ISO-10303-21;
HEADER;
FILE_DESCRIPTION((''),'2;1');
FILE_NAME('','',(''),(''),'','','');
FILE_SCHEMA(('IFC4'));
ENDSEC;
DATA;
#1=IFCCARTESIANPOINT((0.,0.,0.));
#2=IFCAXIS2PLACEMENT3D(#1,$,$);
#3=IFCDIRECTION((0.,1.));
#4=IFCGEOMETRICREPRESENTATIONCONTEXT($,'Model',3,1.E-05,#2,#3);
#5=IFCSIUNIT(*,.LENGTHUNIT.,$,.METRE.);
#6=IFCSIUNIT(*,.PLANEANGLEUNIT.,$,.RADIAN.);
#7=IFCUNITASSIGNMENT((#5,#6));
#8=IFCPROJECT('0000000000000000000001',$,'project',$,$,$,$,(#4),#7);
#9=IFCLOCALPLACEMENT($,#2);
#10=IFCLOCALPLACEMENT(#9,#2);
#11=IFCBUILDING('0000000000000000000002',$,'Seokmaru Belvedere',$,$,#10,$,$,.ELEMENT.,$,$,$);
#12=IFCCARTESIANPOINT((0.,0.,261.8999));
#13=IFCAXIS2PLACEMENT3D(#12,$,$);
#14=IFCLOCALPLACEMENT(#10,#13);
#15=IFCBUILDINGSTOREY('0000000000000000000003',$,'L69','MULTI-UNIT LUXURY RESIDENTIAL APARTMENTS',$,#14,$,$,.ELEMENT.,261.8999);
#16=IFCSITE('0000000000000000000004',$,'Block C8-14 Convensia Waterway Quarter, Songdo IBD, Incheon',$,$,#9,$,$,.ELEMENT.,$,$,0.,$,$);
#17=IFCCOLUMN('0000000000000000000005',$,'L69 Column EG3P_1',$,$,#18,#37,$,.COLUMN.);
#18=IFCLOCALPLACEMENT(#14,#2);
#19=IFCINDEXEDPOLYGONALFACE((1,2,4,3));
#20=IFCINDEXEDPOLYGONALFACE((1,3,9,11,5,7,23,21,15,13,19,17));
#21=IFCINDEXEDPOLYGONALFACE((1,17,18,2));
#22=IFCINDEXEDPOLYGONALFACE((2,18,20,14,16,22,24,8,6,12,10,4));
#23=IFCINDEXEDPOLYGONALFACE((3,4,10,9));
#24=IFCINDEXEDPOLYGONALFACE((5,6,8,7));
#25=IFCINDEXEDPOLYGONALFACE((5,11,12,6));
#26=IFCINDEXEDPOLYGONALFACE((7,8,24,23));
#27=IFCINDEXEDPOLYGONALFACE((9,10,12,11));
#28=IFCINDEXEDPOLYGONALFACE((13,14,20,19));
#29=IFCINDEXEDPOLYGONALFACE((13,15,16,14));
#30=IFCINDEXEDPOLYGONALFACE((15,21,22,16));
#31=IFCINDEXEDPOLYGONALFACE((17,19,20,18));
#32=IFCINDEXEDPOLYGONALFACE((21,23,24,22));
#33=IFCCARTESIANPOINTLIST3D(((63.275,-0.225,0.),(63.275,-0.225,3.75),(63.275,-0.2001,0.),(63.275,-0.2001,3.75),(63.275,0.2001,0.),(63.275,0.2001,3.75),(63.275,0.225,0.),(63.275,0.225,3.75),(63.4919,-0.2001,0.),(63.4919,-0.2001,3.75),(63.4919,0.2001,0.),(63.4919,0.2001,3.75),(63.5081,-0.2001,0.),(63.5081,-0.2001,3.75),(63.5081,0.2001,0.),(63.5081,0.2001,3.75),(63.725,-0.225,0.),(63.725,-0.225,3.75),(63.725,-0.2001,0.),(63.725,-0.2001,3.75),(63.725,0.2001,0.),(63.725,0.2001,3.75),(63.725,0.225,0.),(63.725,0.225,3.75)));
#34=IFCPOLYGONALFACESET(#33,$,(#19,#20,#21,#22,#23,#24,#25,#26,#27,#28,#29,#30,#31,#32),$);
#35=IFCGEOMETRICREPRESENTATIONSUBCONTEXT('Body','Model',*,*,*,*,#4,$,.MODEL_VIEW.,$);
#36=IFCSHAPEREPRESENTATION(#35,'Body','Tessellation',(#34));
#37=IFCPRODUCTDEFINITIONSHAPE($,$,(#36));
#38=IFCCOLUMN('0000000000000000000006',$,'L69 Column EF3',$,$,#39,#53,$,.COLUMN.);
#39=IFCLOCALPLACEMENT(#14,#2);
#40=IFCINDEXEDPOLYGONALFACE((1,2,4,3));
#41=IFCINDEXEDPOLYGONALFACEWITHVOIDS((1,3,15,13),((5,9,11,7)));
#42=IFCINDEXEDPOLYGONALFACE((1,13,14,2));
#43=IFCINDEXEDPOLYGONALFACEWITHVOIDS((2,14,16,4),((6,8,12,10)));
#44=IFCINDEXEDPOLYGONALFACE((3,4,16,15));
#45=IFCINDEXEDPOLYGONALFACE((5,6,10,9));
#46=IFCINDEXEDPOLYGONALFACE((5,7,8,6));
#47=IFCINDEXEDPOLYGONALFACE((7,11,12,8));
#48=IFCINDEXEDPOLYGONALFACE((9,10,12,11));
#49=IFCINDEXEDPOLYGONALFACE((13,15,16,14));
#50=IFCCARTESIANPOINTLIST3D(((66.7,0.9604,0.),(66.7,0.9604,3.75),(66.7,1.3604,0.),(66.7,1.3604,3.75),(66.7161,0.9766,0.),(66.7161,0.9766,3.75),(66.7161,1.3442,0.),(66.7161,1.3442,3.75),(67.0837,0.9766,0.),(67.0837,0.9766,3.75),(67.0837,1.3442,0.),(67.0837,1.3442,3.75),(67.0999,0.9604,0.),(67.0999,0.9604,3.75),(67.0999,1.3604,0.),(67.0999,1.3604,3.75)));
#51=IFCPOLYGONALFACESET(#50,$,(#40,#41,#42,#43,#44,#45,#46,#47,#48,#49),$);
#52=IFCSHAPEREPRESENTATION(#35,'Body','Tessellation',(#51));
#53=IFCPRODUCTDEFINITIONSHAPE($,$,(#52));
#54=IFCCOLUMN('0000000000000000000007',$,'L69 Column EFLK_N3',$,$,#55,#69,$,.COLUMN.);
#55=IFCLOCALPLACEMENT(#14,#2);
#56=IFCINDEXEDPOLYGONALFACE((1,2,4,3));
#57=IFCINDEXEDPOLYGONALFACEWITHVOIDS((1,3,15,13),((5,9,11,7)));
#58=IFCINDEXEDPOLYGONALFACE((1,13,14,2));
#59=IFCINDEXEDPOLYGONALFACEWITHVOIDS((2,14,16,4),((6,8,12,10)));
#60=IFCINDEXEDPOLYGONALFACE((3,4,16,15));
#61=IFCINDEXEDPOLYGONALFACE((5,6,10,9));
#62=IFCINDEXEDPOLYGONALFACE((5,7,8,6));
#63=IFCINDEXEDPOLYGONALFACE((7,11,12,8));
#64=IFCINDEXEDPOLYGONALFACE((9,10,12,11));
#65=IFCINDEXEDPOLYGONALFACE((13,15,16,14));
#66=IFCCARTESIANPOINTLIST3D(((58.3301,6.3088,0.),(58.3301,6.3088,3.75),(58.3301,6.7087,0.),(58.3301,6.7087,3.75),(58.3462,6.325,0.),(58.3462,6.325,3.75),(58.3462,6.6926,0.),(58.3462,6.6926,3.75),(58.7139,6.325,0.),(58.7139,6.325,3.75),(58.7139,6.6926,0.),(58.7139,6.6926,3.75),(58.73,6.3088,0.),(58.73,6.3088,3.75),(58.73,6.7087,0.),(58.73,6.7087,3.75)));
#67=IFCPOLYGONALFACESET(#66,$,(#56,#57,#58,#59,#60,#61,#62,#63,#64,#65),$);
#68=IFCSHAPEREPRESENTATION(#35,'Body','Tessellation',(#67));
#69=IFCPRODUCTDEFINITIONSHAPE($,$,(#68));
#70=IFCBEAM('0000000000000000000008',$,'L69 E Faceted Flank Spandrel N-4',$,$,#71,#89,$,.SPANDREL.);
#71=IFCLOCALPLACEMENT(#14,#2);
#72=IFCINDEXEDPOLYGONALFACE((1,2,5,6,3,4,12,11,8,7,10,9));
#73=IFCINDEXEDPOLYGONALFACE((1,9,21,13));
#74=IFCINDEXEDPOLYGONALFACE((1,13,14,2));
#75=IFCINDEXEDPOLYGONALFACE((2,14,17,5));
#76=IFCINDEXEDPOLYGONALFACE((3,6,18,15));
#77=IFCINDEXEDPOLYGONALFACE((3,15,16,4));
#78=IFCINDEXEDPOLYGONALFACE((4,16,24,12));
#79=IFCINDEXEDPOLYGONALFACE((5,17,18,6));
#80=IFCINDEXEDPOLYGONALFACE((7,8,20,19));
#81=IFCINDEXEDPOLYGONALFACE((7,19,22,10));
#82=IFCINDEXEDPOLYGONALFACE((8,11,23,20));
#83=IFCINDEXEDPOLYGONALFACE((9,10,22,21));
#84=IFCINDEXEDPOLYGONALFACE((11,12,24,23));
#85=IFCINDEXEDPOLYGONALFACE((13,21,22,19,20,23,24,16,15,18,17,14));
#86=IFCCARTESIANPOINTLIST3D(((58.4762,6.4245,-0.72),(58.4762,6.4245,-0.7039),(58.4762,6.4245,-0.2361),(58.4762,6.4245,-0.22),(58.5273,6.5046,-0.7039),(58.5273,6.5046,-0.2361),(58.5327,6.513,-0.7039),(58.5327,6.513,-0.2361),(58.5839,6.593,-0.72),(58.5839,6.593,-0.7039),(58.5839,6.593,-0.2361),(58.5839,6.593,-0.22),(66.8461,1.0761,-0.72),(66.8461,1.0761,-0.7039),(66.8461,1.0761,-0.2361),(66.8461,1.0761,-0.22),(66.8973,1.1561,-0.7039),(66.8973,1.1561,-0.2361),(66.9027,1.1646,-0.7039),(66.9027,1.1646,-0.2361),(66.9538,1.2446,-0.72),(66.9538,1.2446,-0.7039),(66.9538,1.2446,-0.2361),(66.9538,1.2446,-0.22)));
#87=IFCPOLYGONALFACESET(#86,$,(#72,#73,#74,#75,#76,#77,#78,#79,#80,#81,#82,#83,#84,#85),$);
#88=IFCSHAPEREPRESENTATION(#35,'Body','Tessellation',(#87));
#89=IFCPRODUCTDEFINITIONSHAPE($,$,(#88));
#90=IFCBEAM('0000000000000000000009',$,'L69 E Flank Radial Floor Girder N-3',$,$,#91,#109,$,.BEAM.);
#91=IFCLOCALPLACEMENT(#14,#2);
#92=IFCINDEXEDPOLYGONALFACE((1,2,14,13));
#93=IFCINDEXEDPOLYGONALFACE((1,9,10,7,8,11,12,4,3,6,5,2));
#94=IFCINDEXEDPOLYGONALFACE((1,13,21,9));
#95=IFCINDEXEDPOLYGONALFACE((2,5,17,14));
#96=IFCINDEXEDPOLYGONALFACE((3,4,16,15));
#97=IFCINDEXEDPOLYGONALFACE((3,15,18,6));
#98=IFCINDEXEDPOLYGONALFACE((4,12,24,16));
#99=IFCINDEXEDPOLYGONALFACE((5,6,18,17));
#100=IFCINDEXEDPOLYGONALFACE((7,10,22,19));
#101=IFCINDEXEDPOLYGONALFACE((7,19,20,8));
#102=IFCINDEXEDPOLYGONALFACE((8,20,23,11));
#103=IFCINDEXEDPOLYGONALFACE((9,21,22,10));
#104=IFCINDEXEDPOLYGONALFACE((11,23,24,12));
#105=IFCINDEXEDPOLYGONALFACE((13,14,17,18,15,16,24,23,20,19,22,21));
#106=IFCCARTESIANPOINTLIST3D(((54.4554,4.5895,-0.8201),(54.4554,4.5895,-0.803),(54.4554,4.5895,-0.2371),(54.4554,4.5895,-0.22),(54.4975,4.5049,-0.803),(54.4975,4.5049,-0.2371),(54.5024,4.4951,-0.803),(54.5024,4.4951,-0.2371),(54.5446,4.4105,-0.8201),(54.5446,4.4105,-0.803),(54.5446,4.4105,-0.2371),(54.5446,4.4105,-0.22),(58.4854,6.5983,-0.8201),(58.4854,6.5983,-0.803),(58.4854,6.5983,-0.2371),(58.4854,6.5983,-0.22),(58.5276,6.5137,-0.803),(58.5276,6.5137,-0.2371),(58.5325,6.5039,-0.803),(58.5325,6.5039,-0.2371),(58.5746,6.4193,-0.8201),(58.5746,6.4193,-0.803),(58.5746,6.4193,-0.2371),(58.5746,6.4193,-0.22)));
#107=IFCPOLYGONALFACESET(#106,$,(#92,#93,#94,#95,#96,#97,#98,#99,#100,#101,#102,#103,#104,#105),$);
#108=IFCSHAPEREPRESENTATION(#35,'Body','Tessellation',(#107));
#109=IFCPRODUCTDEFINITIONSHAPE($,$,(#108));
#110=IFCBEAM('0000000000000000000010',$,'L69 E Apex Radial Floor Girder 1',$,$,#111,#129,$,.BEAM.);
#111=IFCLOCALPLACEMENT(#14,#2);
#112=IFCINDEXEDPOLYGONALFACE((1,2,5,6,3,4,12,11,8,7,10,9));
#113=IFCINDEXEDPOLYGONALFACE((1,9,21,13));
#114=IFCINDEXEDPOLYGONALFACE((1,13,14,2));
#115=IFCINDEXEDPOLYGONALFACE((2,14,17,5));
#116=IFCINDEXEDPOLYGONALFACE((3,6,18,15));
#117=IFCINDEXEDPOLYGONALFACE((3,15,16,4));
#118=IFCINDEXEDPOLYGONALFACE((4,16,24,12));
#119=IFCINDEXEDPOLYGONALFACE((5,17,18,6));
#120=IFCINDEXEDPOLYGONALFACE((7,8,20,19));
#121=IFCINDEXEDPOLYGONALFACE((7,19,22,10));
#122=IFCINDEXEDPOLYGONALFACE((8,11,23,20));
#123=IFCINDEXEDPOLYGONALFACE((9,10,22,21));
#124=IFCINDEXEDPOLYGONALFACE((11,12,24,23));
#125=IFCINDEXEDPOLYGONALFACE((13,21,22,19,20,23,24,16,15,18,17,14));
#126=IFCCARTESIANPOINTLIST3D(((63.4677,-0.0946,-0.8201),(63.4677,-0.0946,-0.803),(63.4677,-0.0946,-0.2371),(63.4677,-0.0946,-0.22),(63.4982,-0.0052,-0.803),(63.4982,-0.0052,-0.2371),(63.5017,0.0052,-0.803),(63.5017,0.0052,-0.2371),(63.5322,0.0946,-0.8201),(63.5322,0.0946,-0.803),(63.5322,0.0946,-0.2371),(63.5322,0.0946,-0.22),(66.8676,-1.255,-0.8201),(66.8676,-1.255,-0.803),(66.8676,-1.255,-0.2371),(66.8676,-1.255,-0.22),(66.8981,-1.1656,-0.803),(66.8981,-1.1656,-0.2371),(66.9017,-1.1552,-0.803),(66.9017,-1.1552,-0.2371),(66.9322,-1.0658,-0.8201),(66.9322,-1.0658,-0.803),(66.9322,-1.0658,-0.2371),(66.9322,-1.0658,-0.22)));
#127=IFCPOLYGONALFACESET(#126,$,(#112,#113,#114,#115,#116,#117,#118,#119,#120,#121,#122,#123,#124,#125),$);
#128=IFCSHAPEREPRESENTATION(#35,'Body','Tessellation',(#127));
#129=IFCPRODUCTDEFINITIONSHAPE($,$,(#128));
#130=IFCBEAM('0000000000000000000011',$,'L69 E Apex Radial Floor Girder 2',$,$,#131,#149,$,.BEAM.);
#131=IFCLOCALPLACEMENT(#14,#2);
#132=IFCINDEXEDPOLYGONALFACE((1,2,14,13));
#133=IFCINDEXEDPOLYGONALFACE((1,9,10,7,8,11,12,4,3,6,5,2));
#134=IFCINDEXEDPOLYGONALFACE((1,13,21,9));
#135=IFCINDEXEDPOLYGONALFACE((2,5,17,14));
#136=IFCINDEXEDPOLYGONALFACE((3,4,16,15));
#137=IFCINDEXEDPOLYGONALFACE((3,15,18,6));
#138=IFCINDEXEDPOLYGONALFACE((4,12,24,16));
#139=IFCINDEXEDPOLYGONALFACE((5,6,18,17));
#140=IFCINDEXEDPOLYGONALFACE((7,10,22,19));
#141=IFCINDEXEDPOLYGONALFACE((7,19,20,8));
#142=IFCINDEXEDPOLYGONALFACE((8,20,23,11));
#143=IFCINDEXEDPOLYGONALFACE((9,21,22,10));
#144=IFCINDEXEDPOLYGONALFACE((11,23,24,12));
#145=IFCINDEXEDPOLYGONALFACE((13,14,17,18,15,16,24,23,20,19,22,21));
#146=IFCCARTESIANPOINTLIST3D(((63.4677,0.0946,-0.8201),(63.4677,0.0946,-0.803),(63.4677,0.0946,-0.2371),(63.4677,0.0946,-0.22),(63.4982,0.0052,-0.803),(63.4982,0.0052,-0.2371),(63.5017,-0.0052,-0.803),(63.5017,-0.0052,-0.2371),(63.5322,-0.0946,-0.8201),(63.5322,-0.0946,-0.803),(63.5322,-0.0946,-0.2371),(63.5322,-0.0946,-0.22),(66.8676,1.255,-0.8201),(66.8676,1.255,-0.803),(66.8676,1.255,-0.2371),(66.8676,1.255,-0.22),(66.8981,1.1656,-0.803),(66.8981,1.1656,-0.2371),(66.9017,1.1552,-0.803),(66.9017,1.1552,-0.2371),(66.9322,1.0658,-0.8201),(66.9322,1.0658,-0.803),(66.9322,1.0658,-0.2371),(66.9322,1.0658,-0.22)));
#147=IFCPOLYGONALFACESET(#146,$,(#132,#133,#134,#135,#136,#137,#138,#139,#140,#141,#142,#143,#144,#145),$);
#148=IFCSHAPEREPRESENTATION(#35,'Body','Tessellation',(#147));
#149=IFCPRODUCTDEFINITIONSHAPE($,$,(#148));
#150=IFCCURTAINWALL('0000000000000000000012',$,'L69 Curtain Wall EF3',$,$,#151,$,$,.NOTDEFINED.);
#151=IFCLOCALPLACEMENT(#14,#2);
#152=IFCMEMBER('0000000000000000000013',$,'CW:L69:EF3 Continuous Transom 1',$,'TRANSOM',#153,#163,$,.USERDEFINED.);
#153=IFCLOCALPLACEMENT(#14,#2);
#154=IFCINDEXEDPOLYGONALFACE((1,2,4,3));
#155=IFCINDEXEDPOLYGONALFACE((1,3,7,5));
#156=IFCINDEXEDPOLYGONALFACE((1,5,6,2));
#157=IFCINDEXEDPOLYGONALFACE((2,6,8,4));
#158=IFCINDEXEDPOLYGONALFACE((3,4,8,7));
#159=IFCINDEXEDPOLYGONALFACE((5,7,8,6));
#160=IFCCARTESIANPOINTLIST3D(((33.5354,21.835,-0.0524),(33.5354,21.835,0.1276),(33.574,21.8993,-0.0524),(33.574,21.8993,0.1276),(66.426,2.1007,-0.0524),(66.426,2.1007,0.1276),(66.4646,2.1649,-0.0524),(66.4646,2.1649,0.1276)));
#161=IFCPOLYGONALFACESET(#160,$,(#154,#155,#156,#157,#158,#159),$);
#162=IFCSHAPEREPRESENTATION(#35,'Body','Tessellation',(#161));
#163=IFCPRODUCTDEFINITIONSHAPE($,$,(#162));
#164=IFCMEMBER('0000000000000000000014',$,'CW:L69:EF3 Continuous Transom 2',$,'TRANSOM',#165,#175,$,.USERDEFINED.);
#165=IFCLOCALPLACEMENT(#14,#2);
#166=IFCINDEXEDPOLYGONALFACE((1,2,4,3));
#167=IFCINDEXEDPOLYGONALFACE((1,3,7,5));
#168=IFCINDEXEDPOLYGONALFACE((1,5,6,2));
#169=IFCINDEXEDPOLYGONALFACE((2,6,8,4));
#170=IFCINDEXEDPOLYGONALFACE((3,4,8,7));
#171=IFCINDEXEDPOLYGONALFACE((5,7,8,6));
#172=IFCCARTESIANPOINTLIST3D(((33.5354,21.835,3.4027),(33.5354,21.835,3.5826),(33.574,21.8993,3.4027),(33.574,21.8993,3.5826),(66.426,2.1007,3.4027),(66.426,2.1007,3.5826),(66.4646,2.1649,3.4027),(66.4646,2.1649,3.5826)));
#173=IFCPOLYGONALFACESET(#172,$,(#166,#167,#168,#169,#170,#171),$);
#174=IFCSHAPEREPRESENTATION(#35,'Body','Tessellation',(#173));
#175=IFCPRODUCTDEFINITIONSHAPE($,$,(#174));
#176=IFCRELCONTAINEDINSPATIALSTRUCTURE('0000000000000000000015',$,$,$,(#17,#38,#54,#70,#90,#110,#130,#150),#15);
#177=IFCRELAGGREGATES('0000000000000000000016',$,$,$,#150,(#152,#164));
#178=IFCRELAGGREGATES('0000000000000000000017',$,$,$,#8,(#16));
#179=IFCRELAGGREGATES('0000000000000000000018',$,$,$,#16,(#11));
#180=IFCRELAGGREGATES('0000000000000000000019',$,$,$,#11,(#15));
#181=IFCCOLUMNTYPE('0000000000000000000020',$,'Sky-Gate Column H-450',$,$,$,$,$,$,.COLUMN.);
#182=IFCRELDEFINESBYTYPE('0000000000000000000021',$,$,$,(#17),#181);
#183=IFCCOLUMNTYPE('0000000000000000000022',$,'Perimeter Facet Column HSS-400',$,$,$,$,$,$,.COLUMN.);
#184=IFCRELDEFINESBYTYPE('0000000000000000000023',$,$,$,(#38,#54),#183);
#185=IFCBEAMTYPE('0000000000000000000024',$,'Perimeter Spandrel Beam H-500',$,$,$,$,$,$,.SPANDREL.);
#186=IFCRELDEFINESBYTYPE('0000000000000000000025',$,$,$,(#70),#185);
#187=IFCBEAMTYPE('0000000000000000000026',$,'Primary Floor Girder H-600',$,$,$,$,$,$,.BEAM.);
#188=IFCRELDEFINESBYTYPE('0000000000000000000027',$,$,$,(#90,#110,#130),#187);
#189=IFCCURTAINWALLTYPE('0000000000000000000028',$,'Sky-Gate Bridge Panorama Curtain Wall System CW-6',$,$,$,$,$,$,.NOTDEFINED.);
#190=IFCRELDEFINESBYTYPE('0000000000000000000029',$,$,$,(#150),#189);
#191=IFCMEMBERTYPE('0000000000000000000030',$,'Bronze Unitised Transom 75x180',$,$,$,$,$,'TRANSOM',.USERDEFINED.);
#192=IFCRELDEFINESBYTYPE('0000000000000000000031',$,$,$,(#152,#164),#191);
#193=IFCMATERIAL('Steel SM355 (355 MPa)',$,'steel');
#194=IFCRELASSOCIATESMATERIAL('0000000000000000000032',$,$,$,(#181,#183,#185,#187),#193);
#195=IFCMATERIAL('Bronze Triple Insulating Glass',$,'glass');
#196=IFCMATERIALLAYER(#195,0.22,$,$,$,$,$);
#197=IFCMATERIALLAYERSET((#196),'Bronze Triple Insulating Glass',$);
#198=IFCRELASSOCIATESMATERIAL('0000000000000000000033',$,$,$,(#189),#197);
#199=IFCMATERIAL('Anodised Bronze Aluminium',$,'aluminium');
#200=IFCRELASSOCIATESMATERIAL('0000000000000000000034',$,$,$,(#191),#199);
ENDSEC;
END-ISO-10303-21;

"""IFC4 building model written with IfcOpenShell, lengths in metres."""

from ifc_helpers import new_model, si_unit, direction, frame, origin, origin_2d, place, context, subcontext, project, spatial, rectangle, hollow_rectangle, i_section, extrude, source, transform, mapped, material, layer, layer_set, material_profile, profile_set, type_object, type_shapes, element, aggregate, save


model = new_model("IFC4")

# Units and contexts
model_context = context("Model", 3, precision=1e-05, world=origin(), true_north=direction((0.0, 1.0)))
body_context = subcontext(model_context, "Body", "Model", "MODEL_VIEW")
ifc_project = project(units=[si_unit("LENGTHUNIT", "METRE"), si_unit("PLANEANGLEUNIT", "RADIAN")], contexts=[model_context])

# Site, building, storey
site_placement = place(None, origin())
site = spatial("IfcSite", under=ifc_project, at=site_placement, Name="Block C8-14 Convensia Waterway Quarter, Songdo IBD, Incheon", CompositionType="ELEMENT", RefElevation=0.0)
building_placement = place(site_placement, origin())
building = spatial("IfcBuilding", under=site, at=building_placement, Name="Seokmaru Belvedere", CompositionType="ELEMENT")
storey_placement = place(building_placement, frame((0.0, 0.0, 261.8999)))
storey = spatial("IfcBuildingStorey", under=building, at=storey_placement, Name="L69", Description="MULTI-UNIT LUXURY RESIDENTIAL APARTMENTS", CompositionType="ELEMENT", Elevation=261.8999)

# Columns
ifc_material_1 = material(Name="Steel SM355 (355 MPa)", Category="steel")
ifc_material_profile_1 = material_profile(ifc_material_1, i_section(OverallWidth=0.45, OverallDepth=0.45, WebThickness=0.0161, FlangeThickness=0.0249, at=origin_2d()), Name="H-450x450x16x25")
ifc_profile_set_1 = profile_set([ifc_material_profile_1], Name="Steel SM355 (355 MPa)")
column_type_1 = type_object("IfcColumnType", Name="Sky-Gate Column H-450", PredefinedType="COLUMN", material=ifc_profile_set_1)
shared_shape_1 = source(origin(), body_context, "Body", "SweptSolid", [
    extrude(i_section(OverallWidth=0.45, OverallDepth=0.45, WebThickness=0.0161, FlangeThickness=0.0249, at=origin_2d()), origin(), (0.0, 0.0, 1.0), 3.75),
])
type_shapes(column_type_1, [shared_shape_1])
column_placement = place(storey_placement, frame((63.5, 0.0, 0.0), z_axis=(0.0, 0.0, 1.0), x_axis=(1.0, 0.0, 0.0)))
element("IfcColumn", 1, at=column_placement, inside=storey, type_object=column_type_1, Name="L69 Column EG3P_1", PredefinedType="COLUMN", context=body_context, shape_type="MappedRepresentation", body=[
    mapped(shared_shape_1, transform((0.0, 0.0, 0.0), scale=1.0)),
])
ifc_material_profile_2 = material_profile(ifc_material_1, hollow_rectangle(XDim=0.3999, YDim=0.3999, WallThickness=0.0161, at=origin_2d()), Name="HSS-400x400x16")
ifc_profile_set_2 = profile_set([ifc_material_profile_2], Name="Steel SM355 (355 MPa)")
column_type_2 = type_object("IfcColumnType", Name="Perimeter Facet Column HSS-400", PredefinedType="COLUMN", material=ifc_profile_set_2)
shared_shape_2 = source(origin(), body_context, "Body", "SweptSolid", [
    extrude(hollow_rectangle(XDim=0.3999, YDim=0.3999, WallThickness=0.0161, at=origin_2d()), origin(), (0.0, 0.0, 1.0), 3.75),
])
type_shapes(column_type_2, [shared_shape_2])
for number, where, z_axis, x_axis, name in (
    (2, (66.8999, 1.1604, 0.0), (0.0, 0.0, 1.0), (1.0, 0.0, 0.0), "L69 Column EF3"),
    (3, (58.53, 6.5088, 0.0), (0.0, 0.0, 1.0), (1.0, 0.0, 0.0), "L69 Column EFLK_N3"),
):
    element("IfcColumn", number, at=place(storey_placement, frame(where, z_axis=z_axis, x_axis=x_axis)), inside=storey, type_object=column_type_2, Name=name, PredefinedType="COLUMN", context=body_context, shape_type="MappedRepresentation", body=[
        mapped(shared_shape_2, transform((0.0, 0.0, 0.0), scale=1.0)),
    ])

# Beams
ifc_material_profile_3 = material_profile(ifc_material_1, i_section(OverallWidth=0.2, OverallDepth=0.5, WebThickness=0.01, FlangeThickness=0.0161, at=origin_2d()), Name="H-500x200x10x16")
ifc_profile_set_3 = profile_set([ifc_material_profile_3], Name="Steel SM355 (355 MPa)")
beam_type_1 = type_object("IfcBeamType", Name="Perimeter Spandrel Beam H-500", PredefinedType="SPANDREL", material=ifc_profile_set_3)
shared_shape_3 = source(origin(), body_context, "Body", "SweptSolid", [
    extrude(i_section(OverallWidth=0.2, OverallDepth=0.5, WebThickness=0.01, FlangeThickness=0.0161, at=origin_2d()), origin(), (0.0, 0.0, 1.0), 9.9329),
])
type_shapes(beam_type_1, [shared_shape_3])
beam_1_placement = place(storey_placement, frame((58.53, 6.5088, -0.47), z_axis=(0.842652, -0.538459, 0.0), x_axis=(0.538459, 0.842652, 0.0)))
element("IfcBeam", 4, at=beam_1_placement, inside=storey, type_object=beam_type_1, Name="L69 E Faceted Flank Spandrel N-4", PredefinedType="SPANDREL", context=body_context, shape_type="MappedRepresentation", body=[
    mapped(shared_shape_3, transform((0.0, 0.0, 0.0), scale=1.0)),
])
ifc_material_profile_4 = material_profile(ifc_material_1, i_section(OverallWidth=0.2, OverallDepth=0.6001, WebThickness=0.011, FlangeThickness=0.0171, at=origin_2d()), Name="H-600x200x11x17")
ifc_profile_set_4 = profile_set([ifc_material_profile_4], Name="Steel SM355 (355 MPa)")
beam_type_2 = type_object("IfcBeamType", Name="Primary Floor Girder H-600", PredefinedType="BEAM", material=ifc_profile_set_4)
shared_shape_4 = source(origin(), body_context, "Body", "SweptSolid", [
    extrude(i_section(OverallWidth=0.2, OverallDepth=0.6001, WebThickness=0.011, FlangeThickness=0.0171, at=origin_2d()), origin(), (0.0, 0.0, 1.0), 4.5029),
])
beam_2_placement = place(storey_placement, frame((58.53, 6.5088, -0.52), z_axis=(-0.89498, -0.446107, 0.0), x_axis=(0.446107, -0.89498, 0.0)))
element("IfcBeam", 5, at=beam_2_placement, inside=storey, type_object=beam_type_2, Name="L69 E Flank Radial Floor Girder N-3", PredefinedType="BEAM", context=body_context, shape_type="MappedRepresentation", body=[
    mapped(shared_shape_4, transform((0.0, 0.0, 0.0), scale=1.0)),
])
shared_shape_5 = source(origin(), body_context, "Body", "SweptSolid", [
    extrude(i_section(OverallWidth=0.2, OverallDepth=0.6001, WebThickness=0.011, FlangeThickness=0.0171, at=origin_2d()), origin(), (0.0, 0.0, 1.0), 3.5925),
])
type_shapes(beam_type_2, [shared_shape_4, shared_shape_5])
for number, where, z_axis, x_axis, name in (
    (6, (66.8999, -1.1604, -0.52), (-0.946396, 0.323009, 0.0), (-0.323009, -0.946396, 0.0), "L69 E Apex Radial Floor Girder 1"),
    (7, (66.8999, 1.1604, -0.52), (-0.946396, -0.323009, 0.0), (0.323009, -0.946396, 0.0), "L69 E Apex Radial Floor Girder 2"),
):
    element("IfcBeam", number, at=place(storey_placement, frame(where, z_axis=z_axis, x_axis=x_axis)), inside=storey, type_object=beam_type_2, Name=name, PredefinedType="BEAM", context=body_context, shape_type="MappedRepresentation", body=[
        mapped(shared_shape_5, transform((0.0, 0.0, 0.0), scale=1.0)),
    ])

# Curtain wall, members
ifc_material_2 = material(Name="Bronze Triple Insulating Glass", Category="glass")
ifc_layer_1 = layer(ifc_material_2, 0.22)
ifc_layer_set_1 = layer_set([ifc_layer_1], Name="Bronze Triple Insulating Glass")
curtain_wall_type = type_object("IfcCurtainWallType", Name="Sky-Gate Bridge Panorama Curtain Wall System CW-6", PredefinedType="NOTDEFINED", material=ifc_layer_set_1)
curtain_wall_1_placement = place(storey_placement, origin())
curtain_wall_1 = element("IfcCurtainWall", 8, at=curtain_wall_1_placement, inside=storey, type_object=curtain_wall_type, Name="L69 Curtain Wall EF3", PredefinedType="NOTDEFINED")
ifc_material_3 = material(Name="Anodised Bronze Aluminium", Category="aluminium")
ifc_material_profile_5 = material_profile(ifc_material_3, rectangle(XDim=0.075, YDim=0.1799, at=origin_2d()), Name="CW-T-75x180")
ifc_profile_set_5 = profile_set([ifc_material_profile_5], Name="Anodised Bronze Aluminium")
member_type_1 = type_object("IfcMemberType", Name="Bronze Unitised Transom 75x180", ElementType="TRANSOM", PredefinedType="USERDEFINED", material=ifc_profile_set_5)
shared_shape_6 = source(origin(), body_context, "Body", "SweptSolid", [
    extrude(rectangle(XDim=0.075, YDim=0.1799, at=origin_2d()), origin(), (0.0, 0.0, 1.0), 38.3567),
])
member_1_placement = place(storey_placement, frame((66.4453, 2.1328, 0.0376), z_axis=(-0.857493, 0.514496, 0.0), x_axis=(-0.514496, -0.857493, 0.0)))
member_1 = element("IfcMember", 9, at=member_1_placement, type_object=member_type_1, Name="CW:L69:EF3 Continuous Transom 1", ObjectType="TRANSOM", PredefinedType="USERDEFINED", context=body_context, shape_type="MappedRepresentation", body=[
    mapped(shared_shape_6, transform((0.0, 0.0, 0.0), scale=1.0)),
])
member_2_placement = place(storey_placement, frame((66.4453, 2.1328, 3.4927), z_axis=(-0.857493, 0.514496, 0.0), x_axis=(-0.514496, -0.857493, 0.0)))
member_2 = element("IfcMember", 10, at=member_2_placement, type_object=member_type_1, Name="CW:L69:EF3 Continuous Transom 2", ObjectType="TRANSOM", PredefinedType="USERDEFINED", context=body_context, shape_type="MappedRepresentation", body=[
    mapped(shared_shape_6, transform((0.0, 0.0, 0.0), scale=1.0)),
])

aggregate(curtain_wall_1, [member_1, member_2])

save(model, "model.ifc")
